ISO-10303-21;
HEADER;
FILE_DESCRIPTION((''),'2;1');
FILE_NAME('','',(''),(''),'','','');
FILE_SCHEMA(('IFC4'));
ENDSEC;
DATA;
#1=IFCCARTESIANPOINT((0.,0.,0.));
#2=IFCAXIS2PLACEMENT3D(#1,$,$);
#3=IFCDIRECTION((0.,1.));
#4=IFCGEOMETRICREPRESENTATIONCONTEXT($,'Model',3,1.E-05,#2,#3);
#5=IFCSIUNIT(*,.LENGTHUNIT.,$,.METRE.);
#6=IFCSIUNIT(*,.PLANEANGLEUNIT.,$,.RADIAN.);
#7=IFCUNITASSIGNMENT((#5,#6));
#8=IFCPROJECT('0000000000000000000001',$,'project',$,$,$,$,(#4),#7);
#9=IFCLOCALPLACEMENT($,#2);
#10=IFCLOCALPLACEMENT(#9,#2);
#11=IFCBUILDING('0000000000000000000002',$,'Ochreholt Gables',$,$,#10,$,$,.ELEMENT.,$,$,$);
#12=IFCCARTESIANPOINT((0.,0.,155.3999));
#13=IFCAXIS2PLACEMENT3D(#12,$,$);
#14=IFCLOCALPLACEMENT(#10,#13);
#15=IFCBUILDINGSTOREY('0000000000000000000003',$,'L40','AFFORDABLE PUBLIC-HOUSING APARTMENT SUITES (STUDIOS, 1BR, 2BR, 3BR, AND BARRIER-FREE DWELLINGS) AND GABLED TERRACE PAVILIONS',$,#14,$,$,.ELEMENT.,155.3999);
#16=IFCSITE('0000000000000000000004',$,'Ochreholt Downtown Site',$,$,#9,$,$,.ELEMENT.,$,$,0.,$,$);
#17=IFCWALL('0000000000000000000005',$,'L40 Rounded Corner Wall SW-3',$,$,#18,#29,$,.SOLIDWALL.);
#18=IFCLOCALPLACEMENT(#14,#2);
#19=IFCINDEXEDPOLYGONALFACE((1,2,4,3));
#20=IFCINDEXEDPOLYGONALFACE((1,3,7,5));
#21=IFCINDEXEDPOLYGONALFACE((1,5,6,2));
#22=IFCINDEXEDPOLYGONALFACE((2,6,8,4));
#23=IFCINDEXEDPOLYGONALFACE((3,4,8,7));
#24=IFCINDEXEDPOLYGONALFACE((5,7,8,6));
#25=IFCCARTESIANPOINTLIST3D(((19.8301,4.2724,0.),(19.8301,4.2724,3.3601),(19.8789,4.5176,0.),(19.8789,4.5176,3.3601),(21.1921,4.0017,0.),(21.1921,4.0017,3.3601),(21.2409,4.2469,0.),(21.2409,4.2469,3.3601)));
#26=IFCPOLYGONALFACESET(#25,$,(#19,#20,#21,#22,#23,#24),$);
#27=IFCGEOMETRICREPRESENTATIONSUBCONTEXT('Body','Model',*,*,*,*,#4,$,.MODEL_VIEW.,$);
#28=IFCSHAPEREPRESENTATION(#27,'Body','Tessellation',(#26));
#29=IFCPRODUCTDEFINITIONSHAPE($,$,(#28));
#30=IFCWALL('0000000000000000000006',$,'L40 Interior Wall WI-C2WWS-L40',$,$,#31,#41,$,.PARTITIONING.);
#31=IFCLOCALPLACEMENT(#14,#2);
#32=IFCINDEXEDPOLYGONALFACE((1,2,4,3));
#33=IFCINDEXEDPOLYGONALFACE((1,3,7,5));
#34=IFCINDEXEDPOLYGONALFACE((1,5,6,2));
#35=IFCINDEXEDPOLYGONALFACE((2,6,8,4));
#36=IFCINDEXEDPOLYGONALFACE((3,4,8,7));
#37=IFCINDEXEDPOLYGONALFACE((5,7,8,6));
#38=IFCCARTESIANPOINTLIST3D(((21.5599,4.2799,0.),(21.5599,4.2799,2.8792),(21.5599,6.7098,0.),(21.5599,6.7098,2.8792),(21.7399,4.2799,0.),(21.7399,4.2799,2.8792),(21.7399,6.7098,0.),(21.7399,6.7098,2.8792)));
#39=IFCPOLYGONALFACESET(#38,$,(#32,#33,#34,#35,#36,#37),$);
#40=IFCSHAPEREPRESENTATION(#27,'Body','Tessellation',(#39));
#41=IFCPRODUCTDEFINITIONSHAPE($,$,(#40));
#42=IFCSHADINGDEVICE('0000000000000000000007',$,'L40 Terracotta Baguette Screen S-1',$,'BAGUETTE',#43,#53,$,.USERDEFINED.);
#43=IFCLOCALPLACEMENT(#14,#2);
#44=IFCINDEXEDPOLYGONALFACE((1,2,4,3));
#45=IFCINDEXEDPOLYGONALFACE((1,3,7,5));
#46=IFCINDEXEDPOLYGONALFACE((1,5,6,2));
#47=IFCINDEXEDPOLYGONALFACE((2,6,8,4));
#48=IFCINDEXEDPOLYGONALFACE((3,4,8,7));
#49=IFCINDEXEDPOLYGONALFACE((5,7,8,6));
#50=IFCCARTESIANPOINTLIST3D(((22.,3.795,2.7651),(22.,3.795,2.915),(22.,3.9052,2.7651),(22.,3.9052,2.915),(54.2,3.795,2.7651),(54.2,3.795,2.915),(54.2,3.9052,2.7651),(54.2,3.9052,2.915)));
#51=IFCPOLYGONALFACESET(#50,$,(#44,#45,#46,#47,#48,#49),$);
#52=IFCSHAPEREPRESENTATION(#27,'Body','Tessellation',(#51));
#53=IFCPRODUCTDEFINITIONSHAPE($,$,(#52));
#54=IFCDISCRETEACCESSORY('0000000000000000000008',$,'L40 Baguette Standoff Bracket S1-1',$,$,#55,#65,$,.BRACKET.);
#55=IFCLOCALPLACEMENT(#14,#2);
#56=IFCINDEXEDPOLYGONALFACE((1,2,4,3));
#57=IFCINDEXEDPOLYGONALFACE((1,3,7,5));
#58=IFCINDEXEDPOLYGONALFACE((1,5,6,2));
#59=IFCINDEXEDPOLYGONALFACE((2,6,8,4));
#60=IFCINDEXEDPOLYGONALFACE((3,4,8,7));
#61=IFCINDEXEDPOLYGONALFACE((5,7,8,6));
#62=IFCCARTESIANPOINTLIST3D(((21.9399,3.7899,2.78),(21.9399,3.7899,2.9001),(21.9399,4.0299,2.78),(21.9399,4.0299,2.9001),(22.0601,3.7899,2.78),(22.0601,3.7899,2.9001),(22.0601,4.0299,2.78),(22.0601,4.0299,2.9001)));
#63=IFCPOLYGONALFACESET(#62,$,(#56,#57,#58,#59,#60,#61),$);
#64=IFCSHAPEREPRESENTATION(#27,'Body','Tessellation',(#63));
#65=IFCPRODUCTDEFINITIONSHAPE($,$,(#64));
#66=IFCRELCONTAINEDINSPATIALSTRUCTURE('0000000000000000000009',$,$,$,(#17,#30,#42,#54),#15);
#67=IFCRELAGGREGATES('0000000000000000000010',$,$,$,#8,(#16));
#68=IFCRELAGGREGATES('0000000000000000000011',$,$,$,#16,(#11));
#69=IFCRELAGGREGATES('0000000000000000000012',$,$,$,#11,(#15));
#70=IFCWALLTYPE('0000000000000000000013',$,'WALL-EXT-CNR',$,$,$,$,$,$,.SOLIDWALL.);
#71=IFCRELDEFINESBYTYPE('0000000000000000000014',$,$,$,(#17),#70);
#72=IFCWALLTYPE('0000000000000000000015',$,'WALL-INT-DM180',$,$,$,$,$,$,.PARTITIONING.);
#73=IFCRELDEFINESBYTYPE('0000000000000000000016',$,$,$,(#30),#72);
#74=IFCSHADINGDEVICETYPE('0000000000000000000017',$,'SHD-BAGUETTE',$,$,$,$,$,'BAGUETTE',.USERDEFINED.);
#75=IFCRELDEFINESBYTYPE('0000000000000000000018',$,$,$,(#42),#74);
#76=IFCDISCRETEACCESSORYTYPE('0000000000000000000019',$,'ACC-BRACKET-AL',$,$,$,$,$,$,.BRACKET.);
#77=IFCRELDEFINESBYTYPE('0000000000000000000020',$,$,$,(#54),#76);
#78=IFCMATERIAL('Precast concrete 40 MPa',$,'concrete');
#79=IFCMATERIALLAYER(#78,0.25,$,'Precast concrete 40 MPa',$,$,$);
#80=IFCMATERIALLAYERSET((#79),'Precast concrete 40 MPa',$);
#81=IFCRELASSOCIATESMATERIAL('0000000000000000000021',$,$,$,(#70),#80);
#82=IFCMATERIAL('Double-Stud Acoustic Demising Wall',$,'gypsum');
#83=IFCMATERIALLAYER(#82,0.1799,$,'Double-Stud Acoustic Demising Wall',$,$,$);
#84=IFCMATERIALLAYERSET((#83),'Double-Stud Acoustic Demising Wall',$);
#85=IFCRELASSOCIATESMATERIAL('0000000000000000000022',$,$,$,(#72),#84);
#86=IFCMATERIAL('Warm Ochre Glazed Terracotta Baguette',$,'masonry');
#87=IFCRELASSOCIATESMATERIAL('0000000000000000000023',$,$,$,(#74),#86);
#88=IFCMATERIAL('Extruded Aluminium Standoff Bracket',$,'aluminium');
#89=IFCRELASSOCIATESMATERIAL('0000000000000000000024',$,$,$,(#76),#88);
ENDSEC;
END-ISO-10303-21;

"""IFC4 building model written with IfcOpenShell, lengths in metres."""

from ifc_helpers import new_model, si_unit, direction, frame, frame_2d, origin, origin_2d, place, context, subcontext, project, spatial, rectangle, extrude, material, layer, layer_set, material_profile, profile_set, type_object, element, save


model = new_model("IFC4")

# Units and contexts
model_context = context("Model", 3, precision=1e-05, world=origin(), true_north=direction((0.0, 1.0)))
body_context = subcontext(model_context, "Body", "Model", "MODEL_VIEW")
ifc_project = project(units=[si_unit("LENGTHUNIT", "METRE"), si_unit("PLANEANGLEUNIT", "RADIAN")], contexts=[model_context])

# Site, building, storey
site_placement = place(None, origin())
site = spatial("IfcSite", under=ifc_project, at=site_placement, Name="Ochreholt Downtown Site", CompositionType="ELEMENT", RefElevation=0.0)
building_placement = place(site_placement, origin())
building = spatial("IfcBuilding", under=site, at=building_placement, Name="Ochreholt Gables", CompositionType="ELEMENT")
storey_placement = place(building_placement, frame((0.0, 0.0, 155.3999)))
storey = spatial("IfcBuildingStorey", under=building, at=storey_placement, Name="L40", Description="AFFORDABLE PUBLIC-HOUSING APARTMENT SUITES (STUDIOS, 1BR, 2BR, 3BR, AND BARRIER-FREE DWELLINGS) AND GABLED TERRACE PAVILIONS", CompositionType="ELEMENT", Elevation=155.3999)

# Shared definitions
ifc_material_1 = material(Name="Precast concrete 40 MPa", Category="concrete")

# Walls
ifc_layer_1 = layer(ifc_material_1, 0.25, Name="Precast concrete 40 MPa")
ifc_layer_set_1 = layer_set([ifc_layer_1], Name="Precast concrete 40 MPa")
wall_type_1 = type_object("IfcWallType", Name="WALL-EXT-CNR", PredefinedType="SOLIDWALL", material=ifc_layer_set_1)
wall_1_placement = place(storey_placement, frame((19.8545, 4.395, 0.0), z_axis=(0.0, 0.0, 1.0), x_axis=(0.98081, -0.194967, 0.0)))
element("IfcWall", 1, at=wall_1_placement, inside=storey, type_object=wall_type_1, Name="L40 Rounded Corner Wall SW-3", PredefinedType="SOLIDWALL", context=body_context, shape_type="SweptSolid", body=[
    extrude(rectangle(XDim=1.3887, YDim=0.25, at=frame_2d((0.6943, 0.0))), origin(), (0.0, 0.0, 1.0), 3.3601),
])
ifc_material_2 = material(Name="Double-Stud Acoustic Demising Wall", Category="gypsum")
ifc_layer_2 = layer(ifc_material_2, 0.1799, Name="Double-Stud Acoustic Demising Wall")
ifc_layer_set_2 = layer_set([ifc_layer_2], Name="Double-Stud Acoustic Demising Wall")
wall_type_2 = type_object("IfcWallType", Name="WALL-INT-DM180", PredefinedType="PARTITIONING", material=ifc_layer_set_2)
wall_2_placement = place(storey_placement, frame((21.6499, 4.28, 0.0), z_axis=(0.0, 0.0, 1.0), x_axis=(0.0, 1.0, 0.0)))
element("IfcWall", 2, at=wall_2_placement, inside=storey, type_object=wall_type_2, Name="L40 Interior Wall WI-C2WWS-L40", PredefinedType="PARTITIONING", context=body_context, shape_type="SweptSolid", body=[
    extrude(rectangle(XDim=2.4299, YDim=0.1799, at=frame_2d((1.2148, 0.0))), origin(), (0.0, 0.0, 1.0), 2.8792),
])

# Shading device
ifc_material_3 = material(Name="Warm Ochre Glazed Terracotta Baguette", Category="masonry")
ifc_material_profile_1 = material_profile(ifc_material_3, rectangle(XDim=0.1101, YDim=0.1499, at=origin_2d()), Name="TCBAG110X150")
ifc_profile_set_1 = profile_set([ifc_material_profile_1], Name="Warm Ochre Glazed Terracotta Baguette")
shading_device_type = type_object("IfcShadingDeviceType", Name="SHD-BAGUETTE", ElementType="BAGUETTE", PredefinedType="USERDEFINED", material=ifc_profile_set_1)
shading_device_placement = place(storey_placement, frame((22.0, 3.8501, 2.8401), z_axis=(1.0, 0.0, 0.0), x_axis=(0.0, 1.0, 0.0)))
element("IfcShadingDevice", 3, at=shading_device_placement, inside=storey, type_object=shading_device_type, Name="L40 Terracotta Baguette Screen S-1", ObjectType="BAGUETTE", PredefinedType="USERDEFINED", context=body_context, shape_type="SweptSolid", body=[
    extrude(rectangle(XDim=0.1101, YDim=0.1499, at=origin_2d()), origin(), (0.0, 0.0, 1.0), 32.2),
])

# Discrete accessory
ifc_material_4 = material(Name="Extruded Aluminium Standoff Bracket", Category="aluminium")
discrete_accessory_type = type_object("IfcDiscreteAccessoryType", Name="ACC-BRACKET-AL", PredefinedType="BRACKET", material=ifc_material_4)
discrete_accessory_placement = place(storey_placement, frame((22.0, 3.9099, 2.78), z_axis=(0.0, 0.0, 1.0), x_axis=(1.0, 0.0, 0.0)))
element("IfcDiscreteAccessory", 4, at=discrete_accessory_placement, inside=storey, type_object=discrete_accessory_type, Name="L40 Baguette Standoff Bracket S1-1", PredefinedType="BRACKET", context=body_context, shape_type="SweptSolid", body=[
    extrude(rectangle(XDim=0.1201, YDim=0.24, at=origin_2d()), origin(), (0.0, 0.0, 1.0), 0.1201),
])

save(model, "model.ifc")
